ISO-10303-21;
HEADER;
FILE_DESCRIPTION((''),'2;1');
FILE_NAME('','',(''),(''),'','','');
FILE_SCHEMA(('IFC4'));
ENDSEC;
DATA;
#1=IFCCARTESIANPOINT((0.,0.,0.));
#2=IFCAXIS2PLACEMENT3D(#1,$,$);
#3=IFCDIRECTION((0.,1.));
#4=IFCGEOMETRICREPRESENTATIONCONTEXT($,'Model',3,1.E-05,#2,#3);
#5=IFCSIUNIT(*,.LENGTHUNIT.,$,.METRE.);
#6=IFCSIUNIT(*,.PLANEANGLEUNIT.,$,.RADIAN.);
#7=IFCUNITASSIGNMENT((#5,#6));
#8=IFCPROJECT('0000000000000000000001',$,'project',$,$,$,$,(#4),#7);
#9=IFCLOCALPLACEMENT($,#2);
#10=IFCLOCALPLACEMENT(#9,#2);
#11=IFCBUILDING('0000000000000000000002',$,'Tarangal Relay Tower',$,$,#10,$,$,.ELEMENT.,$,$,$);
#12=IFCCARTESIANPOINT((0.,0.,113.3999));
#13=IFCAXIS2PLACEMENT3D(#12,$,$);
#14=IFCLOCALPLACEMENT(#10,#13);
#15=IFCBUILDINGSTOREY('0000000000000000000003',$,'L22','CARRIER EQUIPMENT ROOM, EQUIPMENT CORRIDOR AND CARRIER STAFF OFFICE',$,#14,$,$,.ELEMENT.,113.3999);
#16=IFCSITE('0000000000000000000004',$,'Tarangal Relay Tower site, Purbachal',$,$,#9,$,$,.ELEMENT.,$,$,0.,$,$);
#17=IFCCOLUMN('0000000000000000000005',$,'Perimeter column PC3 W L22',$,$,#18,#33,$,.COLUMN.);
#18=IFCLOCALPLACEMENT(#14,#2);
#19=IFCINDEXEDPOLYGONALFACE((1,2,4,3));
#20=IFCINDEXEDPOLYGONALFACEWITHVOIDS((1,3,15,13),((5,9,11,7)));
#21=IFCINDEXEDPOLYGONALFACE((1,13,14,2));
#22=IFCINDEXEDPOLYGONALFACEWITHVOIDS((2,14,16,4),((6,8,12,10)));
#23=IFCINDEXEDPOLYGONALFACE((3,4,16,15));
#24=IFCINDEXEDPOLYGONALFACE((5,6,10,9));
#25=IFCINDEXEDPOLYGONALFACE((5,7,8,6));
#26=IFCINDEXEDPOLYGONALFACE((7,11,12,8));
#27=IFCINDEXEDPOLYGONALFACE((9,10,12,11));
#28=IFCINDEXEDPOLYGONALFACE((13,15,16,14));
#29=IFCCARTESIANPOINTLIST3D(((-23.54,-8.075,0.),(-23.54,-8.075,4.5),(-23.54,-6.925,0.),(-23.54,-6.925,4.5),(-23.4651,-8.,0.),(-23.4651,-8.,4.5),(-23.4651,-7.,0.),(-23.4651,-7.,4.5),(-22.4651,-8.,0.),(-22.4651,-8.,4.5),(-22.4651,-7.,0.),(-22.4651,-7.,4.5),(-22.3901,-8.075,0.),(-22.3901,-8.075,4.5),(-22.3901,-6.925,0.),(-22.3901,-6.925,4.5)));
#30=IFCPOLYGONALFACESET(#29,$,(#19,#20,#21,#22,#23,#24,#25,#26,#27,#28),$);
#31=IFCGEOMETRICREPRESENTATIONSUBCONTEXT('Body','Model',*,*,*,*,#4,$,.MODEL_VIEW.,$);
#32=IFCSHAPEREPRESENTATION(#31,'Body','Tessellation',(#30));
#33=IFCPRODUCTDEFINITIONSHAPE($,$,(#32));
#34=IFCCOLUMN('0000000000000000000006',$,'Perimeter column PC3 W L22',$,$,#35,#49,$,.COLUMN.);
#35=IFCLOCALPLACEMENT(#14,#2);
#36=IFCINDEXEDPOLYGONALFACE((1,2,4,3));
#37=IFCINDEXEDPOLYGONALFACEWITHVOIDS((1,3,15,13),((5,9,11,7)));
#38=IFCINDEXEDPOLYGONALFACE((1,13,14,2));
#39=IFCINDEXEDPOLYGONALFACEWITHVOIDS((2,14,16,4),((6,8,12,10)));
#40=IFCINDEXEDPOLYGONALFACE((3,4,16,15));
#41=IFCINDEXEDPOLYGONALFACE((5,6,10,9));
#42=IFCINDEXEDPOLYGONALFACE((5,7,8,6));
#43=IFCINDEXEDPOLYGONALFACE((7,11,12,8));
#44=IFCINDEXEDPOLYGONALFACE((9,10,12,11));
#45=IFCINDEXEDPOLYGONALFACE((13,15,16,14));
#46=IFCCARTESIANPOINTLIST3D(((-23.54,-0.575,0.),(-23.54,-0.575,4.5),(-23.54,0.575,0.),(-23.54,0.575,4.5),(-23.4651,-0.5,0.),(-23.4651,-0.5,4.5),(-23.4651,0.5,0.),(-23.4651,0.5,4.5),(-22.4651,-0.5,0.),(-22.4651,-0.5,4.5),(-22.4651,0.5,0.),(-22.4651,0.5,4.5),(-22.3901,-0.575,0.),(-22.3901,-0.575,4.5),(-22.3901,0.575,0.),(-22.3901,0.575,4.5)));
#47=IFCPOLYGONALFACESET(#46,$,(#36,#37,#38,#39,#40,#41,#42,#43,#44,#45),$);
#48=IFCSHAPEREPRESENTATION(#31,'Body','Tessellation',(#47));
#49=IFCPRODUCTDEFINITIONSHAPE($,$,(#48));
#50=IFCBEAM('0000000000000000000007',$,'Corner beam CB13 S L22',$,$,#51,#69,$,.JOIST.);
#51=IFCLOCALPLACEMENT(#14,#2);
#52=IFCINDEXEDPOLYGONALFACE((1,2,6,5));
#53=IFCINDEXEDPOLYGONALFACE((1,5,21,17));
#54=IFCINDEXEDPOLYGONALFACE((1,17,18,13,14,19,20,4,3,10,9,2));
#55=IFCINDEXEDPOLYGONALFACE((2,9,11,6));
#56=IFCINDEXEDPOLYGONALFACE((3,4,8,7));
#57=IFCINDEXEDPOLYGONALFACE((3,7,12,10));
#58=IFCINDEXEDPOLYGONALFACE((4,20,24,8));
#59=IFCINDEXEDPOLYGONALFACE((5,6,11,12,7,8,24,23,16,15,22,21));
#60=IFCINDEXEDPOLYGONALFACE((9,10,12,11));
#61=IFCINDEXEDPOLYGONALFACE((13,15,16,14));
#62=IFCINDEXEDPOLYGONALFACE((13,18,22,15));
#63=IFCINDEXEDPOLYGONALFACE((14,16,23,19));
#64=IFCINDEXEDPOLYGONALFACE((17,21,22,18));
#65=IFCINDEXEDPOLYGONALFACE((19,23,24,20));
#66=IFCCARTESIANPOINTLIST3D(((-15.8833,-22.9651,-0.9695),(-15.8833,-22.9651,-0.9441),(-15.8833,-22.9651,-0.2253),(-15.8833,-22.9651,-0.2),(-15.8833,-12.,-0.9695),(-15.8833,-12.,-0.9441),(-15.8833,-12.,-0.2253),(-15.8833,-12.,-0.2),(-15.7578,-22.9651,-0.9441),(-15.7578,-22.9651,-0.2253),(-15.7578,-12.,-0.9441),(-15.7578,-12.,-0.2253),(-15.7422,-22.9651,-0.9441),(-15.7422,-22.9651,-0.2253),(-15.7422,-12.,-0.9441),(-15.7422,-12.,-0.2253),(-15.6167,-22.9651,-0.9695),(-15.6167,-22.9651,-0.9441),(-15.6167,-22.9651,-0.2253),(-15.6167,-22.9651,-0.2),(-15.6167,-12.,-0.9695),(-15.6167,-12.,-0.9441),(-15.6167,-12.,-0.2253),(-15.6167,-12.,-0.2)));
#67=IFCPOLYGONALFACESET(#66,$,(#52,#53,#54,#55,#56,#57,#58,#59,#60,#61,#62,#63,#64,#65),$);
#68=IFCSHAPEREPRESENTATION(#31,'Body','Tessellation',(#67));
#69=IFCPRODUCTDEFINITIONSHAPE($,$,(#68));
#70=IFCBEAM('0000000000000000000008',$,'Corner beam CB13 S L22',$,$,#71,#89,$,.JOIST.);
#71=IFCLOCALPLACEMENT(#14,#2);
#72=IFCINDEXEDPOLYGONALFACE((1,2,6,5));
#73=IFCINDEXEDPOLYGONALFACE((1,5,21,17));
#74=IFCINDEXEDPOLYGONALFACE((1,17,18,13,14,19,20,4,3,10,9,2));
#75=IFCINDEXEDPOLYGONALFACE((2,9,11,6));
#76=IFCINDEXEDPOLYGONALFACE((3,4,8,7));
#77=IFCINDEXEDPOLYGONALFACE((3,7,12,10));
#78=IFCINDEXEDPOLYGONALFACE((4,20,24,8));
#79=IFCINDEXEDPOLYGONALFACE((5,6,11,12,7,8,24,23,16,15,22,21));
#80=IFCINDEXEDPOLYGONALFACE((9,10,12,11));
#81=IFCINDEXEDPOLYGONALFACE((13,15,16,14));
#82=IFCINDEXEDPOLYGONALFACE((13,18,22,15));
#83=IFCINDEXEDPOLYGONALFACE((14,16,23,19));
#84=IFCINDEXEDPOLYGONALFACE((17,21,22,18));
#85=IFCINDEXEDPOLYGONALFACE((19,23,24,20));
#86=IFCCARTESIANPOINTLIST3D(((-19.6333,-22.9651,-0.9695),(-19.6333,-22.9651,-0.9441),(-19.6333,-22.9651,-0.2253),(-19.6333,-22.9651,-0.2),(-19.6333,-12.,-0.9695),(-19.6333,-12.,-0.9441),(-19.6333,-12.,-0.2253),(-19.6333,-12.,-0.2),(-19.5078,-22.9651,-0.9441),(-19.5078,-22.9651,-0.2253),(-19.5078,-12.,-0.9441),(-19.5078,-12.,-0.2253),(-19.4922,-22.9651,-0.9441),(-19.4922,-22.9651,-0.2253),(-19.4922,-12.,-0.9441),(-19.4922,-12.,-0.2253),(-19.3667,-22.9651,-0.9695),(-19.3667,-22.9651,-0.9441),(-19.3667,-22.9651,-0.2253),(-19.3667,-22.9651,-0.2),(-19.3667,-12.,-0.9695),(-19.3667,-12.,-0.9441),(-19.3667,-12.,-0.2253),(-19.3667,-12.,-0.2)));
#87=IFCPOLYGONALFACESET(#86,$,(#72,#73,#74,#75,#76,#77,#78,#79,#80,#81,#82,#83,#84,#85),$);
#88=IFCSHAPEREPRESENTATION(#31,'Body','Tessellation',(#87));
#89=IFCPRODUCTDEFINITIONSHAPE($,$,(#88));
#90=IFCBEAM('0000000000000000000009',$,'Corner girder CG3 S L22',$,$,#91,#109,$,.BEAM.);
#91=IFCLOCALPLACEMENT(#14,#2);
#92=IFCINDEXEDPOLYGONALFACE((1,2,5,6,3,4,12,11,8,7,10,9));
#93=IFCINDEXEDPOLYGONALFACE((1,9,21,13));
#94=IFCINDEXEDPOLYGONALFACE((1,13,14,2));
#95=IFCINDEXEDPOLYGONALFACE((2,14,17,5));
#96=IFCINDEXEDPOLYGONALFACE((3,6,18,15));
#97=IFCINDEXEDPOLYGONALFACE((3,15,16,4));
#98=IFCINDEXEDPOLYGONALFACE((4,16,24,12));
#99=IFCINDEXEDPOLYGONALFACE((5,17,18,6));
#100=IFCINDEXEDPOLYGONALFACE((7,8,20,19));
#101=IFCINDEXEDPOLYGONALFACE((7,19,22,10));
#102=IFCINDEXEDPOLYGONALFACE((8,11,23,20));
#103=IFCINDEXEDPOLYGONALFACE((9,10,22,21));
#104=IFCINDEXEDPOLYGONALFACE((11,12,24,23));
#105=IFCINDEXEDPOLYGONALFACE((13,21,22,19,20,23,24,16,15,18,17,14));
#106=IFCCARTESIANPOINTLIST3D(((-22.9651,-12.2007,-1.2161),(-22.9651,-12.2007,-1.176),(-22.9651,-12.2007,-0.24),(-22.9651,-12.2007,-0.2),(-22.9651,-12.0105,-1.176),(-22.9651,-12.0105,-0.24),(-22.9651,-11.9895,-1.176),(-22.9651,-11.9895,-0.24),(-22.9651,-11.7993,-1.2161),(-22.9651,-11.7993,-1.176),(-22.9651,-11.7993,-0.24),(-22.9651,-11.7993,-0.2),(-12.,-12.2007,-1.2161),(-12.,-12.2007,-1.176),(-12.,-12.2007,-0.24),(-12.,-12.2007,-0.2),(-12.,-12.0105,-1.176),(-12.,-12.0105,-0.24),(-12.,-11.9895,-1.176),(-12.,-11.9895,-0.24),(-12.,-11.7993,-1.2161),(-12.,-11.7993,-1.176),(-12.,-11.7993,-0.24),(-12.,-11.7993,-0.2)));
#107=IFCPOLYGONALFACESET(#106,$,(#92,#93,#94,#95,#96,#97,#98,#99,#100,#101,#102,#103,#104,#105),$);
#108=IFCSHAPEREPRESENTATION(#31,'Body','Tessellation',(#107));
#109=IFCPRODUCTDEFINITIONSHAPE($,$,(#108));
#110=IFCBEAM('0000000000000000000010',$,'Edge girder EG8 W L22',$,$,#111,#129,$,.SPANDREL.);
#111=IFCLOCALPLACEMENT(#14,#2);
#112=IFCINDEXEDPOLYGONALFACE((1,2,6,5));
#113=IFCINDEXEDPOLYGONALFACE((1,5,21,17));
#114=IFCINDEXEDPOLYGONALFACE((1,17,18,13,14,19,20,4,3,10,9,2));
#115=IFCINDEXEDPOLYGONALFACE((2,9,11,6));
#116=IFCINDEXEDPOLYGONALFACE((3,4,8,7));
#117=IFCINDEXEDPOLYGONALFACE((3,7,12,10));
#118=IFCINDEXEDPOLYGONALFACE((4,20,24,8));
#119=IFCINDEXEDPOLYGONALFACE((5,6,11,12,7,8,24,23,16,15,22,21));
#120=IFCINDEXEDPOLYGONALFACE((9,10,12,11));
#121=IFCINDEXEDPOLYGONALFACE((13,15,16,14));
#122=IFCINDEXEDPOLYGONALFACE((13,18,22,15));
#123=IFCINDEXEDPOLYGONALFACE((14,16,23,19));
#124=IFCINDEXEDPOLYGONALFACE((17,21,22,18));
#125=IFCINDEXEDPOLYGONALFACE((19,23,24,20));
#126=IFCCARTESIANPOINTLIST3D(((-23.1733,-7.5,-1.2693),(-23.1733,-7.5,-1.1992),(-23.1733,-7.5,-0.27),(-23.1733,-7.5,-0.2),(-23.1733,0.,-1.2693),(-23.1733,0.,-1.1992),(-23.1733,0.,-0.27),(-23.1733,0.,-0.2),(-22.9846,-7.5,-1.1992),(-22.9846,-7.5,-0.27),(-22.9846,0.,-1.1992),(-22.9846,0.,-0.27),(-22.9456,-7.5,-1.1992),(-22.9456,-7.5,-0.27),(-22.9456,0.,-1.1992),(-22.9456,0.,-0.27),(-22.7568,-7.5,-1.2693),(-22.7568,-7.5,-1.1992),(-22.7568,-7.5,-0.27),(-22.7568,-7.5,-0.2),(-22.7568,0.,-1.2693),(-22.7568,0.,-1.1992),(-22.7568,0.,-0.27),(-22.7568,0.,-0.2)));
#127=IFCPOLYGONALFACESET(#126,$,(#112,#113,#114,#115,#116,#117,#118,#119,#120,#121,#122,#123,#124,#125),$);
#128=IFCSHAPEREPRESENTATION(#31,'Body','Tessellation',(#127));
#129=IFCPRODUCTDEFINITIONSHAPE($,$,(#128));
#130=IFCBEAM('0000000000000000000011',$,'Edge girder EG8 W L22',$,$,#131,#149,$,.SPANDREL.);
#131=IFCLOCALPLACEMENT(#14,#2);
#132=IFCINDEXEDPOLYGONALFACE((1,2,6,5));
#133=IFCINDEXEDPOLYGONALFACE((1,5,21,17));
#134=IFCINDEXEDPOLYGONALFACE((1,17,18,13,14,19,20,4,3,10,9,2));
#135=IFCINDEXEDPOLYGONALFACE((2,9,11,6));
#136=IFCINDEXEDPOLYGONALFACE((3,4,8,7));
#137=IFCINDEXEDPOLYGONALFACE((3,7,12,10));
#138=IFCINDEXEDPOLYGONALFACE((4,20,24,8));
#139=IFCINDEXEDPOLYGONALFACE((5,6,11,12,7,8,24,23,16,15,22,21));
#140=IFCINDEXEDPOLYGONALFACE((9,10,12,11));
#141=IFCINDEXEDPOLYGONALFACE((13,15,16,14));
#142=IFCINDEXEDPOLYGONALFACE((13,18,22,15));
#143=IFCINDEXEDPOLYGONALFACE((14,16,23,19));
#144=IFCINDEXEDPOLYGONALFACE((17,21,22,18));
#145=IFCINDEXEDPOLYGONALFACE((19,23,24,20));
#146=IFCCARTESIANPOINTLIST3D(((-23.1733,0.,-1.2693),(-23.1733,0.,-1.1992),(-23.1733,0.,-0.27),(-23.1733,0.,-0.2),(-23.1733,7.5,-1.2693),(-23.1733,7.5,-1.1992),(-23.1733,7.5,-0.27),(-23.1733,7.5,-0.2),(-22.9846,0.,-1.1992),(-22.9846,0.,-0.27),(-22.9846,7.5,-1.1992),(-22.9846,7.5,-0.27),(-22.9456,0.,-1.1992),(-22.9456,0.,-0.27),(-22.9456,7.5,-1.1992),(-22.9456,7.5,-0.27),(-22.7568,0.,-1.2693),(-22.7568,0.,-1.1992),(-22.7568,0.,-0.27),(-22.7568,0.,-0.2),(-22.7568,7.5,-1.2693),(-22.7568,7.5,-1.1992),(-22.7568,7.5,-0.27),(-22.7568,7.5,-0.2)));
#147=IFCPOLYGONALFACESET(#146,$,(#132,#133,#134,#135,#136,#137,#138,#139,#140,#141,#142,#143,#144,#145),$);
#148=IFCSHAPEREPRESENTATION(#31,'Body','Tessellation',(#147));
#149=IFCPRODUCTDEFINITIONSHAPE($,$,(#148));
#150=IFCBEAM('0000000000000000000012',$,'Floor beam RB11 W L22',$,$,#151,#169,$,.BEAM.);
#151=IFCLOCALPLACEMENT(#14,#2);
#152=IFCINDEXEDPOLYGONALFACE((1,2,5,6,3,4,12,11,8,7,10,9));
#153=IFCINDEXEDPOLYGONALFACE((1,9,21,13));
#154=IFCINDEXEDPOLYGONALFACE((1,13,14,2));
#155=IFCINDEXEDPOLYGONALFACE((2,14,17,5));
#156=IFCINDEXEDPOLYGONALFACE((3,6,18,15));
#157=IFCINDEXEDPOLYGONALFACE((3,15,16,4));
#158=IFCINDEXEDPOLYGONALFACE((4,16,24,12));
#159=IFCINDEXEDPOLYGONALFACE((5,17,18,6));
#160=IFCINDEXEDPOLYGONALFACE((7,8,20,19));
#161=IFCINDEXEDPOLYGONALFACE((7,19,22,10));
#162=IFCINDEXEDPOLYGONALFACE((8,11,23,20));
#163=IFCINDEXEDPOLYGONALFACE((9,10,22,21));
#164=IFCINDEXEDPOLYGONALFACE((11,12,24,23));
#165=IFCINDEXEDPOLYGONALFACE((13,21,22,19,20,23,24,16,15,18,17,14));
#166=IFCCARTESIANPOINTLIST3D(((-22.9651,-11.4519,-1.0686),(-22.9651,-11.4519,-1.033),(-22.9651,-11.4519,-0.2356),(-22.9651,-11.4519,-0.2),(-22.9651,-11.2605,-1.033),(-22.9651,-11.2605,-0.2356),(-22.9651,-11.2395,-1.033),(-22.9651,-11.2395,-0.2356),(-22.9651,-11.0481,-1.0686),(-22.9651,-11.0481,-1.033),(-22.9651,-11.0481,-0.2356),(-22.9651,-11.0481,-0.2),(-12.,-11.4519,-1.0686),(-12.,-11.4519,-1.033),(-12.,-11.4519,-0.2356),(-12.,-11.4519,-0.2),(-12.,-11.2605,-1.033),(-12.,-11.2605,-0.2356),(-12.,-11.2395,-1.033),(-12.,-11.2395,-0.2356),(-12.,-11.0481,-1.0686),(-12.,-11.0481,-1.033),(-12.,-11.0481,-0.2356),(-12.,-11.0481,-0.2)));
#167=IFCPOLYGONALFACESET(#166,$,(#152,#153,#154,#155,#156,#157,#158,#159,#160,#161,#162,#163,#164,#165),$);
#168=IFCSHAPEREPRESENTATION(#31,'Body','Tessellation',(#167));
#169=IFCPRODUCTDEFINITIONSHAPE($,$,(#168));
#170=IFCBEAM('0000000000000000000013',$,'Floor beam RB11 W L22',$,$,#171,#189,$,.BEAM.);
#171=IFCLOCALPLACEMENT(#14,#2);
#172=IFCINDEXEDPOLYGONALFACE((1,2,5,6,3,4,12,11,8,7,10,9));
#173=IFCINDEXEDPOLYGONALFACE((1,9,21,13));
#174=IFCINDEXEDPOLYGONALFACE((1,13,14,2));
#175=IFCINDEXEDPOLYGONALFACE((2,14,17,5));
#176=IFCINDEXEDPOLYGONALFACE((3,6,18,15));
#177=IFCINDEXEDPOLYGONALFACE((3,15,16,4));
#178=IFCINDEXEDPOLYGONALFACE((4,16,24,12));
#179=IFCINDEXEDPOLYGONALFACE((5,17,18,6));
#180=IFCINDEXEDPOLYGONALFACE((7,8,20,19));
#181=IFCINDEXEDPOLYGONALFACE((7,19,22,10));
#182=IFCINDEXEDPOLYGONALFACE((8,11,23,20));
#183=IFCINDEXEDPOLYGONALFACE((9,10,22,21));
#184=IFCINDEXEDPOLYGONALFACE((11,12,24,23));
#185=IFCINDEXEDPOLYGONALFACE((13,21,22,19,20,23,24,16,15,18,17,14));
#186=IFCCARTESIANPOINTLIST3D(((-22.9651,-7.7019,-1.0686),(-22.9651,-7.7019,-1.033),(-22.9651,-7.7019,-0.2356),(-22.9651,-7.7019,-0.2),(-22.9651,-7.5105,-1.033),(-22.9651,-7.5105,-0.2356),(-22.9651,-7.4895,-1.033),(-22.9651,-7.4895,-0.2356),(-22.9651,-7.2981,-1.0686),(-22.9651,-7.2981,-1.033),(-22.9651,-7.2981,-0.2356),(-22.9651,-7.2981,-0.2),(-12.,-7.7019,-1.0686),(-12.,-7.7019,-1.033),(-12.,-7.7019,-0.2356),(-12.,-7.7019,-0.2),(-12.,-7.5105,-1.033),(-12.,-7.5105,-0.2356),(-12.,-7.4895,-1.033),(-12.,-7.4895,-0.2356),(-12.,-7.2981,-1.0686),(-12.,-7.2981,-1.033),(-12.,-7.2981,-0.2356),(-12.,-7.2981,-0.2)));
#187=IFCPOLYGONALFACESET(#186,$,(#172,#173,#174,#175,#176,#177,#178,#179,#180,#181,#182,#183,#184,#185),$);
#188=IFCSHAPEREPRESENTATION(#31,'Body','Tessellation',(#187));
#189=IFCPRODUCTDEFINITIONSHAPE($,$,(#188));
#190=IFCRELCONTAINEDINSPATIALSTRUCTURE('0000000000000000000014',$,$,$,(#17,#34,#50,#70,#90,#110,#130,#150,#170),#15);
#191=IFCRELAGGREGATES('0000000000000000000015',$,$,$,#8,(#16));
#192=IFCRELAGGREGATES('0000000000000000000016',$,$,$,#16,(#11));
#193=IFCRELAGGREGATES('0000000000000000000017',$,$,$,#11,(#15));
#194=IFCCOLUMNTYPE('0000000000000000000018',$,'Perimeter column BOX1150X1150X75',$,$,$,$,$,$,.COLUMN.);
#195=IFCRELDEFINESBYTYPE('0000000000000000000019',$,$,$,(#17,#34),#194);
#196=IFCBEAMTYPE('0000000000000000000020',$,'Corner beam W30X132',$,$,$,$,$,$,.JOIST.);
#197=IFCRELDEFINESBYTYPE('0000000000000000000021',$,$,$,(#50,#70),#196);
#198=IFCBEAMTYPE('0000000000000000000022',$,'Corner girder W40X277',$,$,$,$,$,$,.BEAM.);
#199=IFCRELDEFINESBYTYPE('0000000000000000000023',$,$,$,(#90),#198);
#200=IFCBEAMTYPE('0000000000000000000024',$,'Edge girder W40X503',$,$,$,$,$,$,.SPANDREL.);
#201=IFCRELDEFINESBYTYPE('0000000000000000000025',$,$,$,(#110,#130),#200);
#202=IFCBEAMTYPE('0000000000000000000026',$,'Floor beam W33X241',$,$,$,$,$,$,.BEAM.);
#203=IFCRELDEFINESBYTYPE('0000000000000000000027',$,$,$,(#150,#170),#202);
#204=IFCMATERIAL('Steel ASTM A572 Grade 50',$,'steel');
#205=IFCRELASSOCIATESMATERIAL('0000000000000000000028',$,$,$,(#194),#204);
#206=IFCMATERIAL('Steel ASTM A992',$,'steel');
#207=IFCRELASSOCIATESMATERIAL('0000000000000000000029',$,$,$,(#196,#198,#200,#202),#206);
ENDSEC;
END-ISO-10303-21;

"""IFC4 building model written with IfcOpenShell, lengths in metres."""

from ifc_helpers import new_model, si_unit, direction, frame, origin, origin_2d, place, context, subcontext, project, spatial, hollow_rectangle, i_section, extrude, material, material_profile, profile_set, type_object, element, save


model = new_model("IFC4")

# Units and contexts
model_context = context("Model", 3, precision=1e-05, world=origin(), true_north=direction((0.0, 1.0)))
body_context = subcontext(model_context, "Body", "Model", "MODEL_VIEW")
ifc_project = project(units=[si_unit("LENGTHUNIT", "METRE"), si_unit("PLANEANGLEUNIT", "RADIAN")], contexts=[model_context])

# Site, building, storey
site_placement = place(None, origin())
site = spatial("IfcSite", under=ifc_project, at=site_placement, Name="Tarangal Relay Tower site, Purbachal", CompositionType="ELEMENT", RefElevation=0.0)
building_placement = place(site_placement, origin())
building = spatial("IfcBuilding", under=site, at=building_placement, Name="Tarangal Relay Tower", CompositionType="ELEMENT")
storey_placement = place(building_placement, frame((0.0, 0.0, 113.3999)))
storey = spatial("IfcBuildingStorey", under=building, at=storey_placement, Name="L22", Description="CARRIER EQUIPMENT ROOM, EQUIPMENT CORRIDOR AND CARRIER STAFF OFFICE", CompositionType="ELEMENT", Elevation=113.3999)

# Columns
ifc_material_1 = material(Name="Steel ASTM A572 Grade 50", Category="steel")
ifc_material_profile_1 = material_profile(ifc_material_1, hollow_rectangle(XDim=1.1499, YDim=1.1499, WallThickness=0.075, at=origin_2d()), Name="BOX1150X1150X75")
ifc_profile_set_1 = profile_set([ifc_material_profile_1], Name="Steel ASTM A572 Grade 50")
column_type = type_object("IfcColumnType", Name="Perimeter column BOX1150X1150X75", PredefinedType="COLUMN", material=ifc_profile_set_1)
for number, where, z_axis, x_axis, name in (
    (1, (-22.9651, -7.5, 0.0), (0.0, 0.0, 1.0), (1.0, 0.0, 0.0), "Perimeter column PC3 W L22"),
    (2, (-22.9651, 0.0, 0.0), (0.0, 0.0, 1.0), (1.0, 0.0, 0.0), "Perimeter column PC3 W L22"),
):
    element("IfcColumn", number, at=place(storey_placement, frame(where, z_axis=z_axis, x_axis=x_axis)), inside=storey, type_object=column_type, Name=name, PredefinedType="COLUMN", context=body_context, shape_type="SweptSolid", body=[
        extrude(hollow_rectangle(XDim=1.1499, YDim=1.1499, WallThickness=0.075, at=origin_2d()), origin(), (0.0, 0.0, 1.0), 4.5),
    ])

# Beams
ifc_material_2 = material(Name="Steel ASTM A992", Category="steel")
ifc_material_profile_2 = material_profile(ifc_material_2, i_section(OverallWidth=0.2666, OverallDepth=0.7695, WebThickness=0.0156, FlangeThickness=0.0254, at=origin_2d()), Name="W30X132")
ifc_profile_set_2 = profile_set([ifc_material_profile_2], Name="Steel ASTM A992")
beam_type_1 = type_object("IfcBeamType", Name="Corner beam W30X132", PredefinedType="JOIST", material=ifc_profile_set_2)
for number, where, z_axis, x_axis, name in (
    (3, (-15.75, -12.0, -0.5847), (0.0, -1.0, 0.0), (1.0, 0.0, 0.0), "Corner beam CB13 S L22"),
    (4, (-19.5, -12.0, -0.5847), (0.0, -1.0, 0.0), (1.0, 0.0, 0.0), "Corner beam CB13 S L22"),
):
    element("IfcBeam", number, at=place(storey_placement, frame(where, z_axis=z_axis, x_axis=x_axis)), inside=storey, type_object=beam_type_1, Name=name, PredefinedType="JOIST", context=body_context, shape_type="SweptSolid", body=[
        extrude(i_section(OverallWidth=0.2666, OverallDepth=0.7695, WebThickness=0.0156, FlangeThickness=0.0254, at=origin_2d()), origin(), (0.0, 0.0, 1.0), 10.9651),
    ])
ifc_material_profile_3 = material_profile(ifc_material_2, i_section(OverallWidth=0.4014, OverallDepth=1.0161, WebThickness=0.021, FlangeThickness=0.04, at=origin_2d()), Name="W40X277")
ifc_profile_set_3 = profile_set([ifc_material_profile_3], Name="Steel ASTM A992")
beam_type_2 = type_object("IfcBeamType", Name="Corner girder W40X277", PredefinedType="BEAM", material=ifc_profile_set_3)
beam_placement = place(storey_placement, frame((-12.0, -12.0, -0.708), z_axis=(-1.0, 0.0, 0.0), x_axis=(0.0, -1.0, 0.0)))
element("IfcBeam", 5, at=beam_placement, inside=storey, type_object=beam_type_2, Name="Corner girder CG3 S L22", PredefinedType="BEAM", context=body_context, shape_type="SweptSolid", body=[
    extrude(i_section(OverallWidth=0.4014, OverallDepth=1.0161, WebThickness=0.021, FlangeThickness=0.04, at=origin_2d()), origin(), (0.0, 0.0, 1.0), 10.9651),
])
ifc_material_profile_4 = material_profile(ifc_material_2, i_section(OverallWidth=0.4165, OverallDepth=1.0693, WebThickness=0.0391, FlangeThickness=0.0701, at=origin_2d()), Name="W40X503")
ifc_profile_set_4 = profile_set([ifc_material_profile_4], Name="Steel ASTM A992")
beam_type_3 = type_object("IfcBeamType", Name="Edge girder W40X503", PredefinedType="SPANDREL", material=ifc_profile_set_4)
for number, where, z_axis, x_axis, name in (
    (6, (-22.9651, -7.5, -0.7346), (0.0, 1.0, 0.0), (-1.0, 0.0, 0.0), "Edge girder EG8 W L22"),
    (7, (-22.9651, 0.0, -0.7346), (0.0, 1.0, 0.0), (-1.0, 0.0, 0.0), "Edge girder EG8 W L22"),
):
    element("IfcBeam", number, at=place(storey_placement, frame(where, z_axis=z_axis, x_axis=x_axis)), inside=storey, type_object=beam_type_3, Name=name, PredefinedType="SPANDREL", context=body_context, shape_type="SweptSolid", body=[
        extrude(i_section(OverallWidth=0.4165, OverallDepth=1.0693, WebThickness=0.0391, FlangeThickness=0.0701, at=origin_2d()), origin(), (0.0, 0.0, 1.0), 7.5),
    ])
ifc_material_profile_5 = material_profile(ifc_material_2, i_section(OverallWidth=0.4038, OverallDepth=0.8687, WebThickness=0.021, FlangeThickness=0.0356, at=origin_2d()), Name="W33X241")
ifc_profile_set_5 = profile_set([ifc_material_profile_5], Name="Steel ASTM A992")
beam_type_4 = type_object("IfcBeamType", Name="Floor beam W33X241", PredefinedType="BEAM", material=ifc_profile_set_5)
for number, where, z_axis, x_axis, name in (
    (8, (-12.0, -11.25, -0.6343), (-1.0, 0.0, 0.0), (0.0, -1.0, 0.0), "Floor beam RB11 W L22"),
    (9, (-12.0, -7.5, -0.6343), (-1.0, 0.0, 0.0), (0.0, -1.0, 0.0), "Floor beam RB11 W L22"),
):
    element("IfcBeam", number, at=place(storey_placement, frame(where, z_axis=z_axis, x_axis=x_axis)), inside=storey, type_object=beam_type_4, Name=name, PredefinedType="BEAM", context=body_context, shape_type="SweptSolid", body=[
        extrude(i_section(OverallWidth=0.4038, OverallDepth=0.8687, WebThickness=0.021, FlangeThickness=0.0356, at=origin_2d()), origin(), (0.0, 0.0, 1.0), 10.9651),
    ])

save(model, "model.ifc")
